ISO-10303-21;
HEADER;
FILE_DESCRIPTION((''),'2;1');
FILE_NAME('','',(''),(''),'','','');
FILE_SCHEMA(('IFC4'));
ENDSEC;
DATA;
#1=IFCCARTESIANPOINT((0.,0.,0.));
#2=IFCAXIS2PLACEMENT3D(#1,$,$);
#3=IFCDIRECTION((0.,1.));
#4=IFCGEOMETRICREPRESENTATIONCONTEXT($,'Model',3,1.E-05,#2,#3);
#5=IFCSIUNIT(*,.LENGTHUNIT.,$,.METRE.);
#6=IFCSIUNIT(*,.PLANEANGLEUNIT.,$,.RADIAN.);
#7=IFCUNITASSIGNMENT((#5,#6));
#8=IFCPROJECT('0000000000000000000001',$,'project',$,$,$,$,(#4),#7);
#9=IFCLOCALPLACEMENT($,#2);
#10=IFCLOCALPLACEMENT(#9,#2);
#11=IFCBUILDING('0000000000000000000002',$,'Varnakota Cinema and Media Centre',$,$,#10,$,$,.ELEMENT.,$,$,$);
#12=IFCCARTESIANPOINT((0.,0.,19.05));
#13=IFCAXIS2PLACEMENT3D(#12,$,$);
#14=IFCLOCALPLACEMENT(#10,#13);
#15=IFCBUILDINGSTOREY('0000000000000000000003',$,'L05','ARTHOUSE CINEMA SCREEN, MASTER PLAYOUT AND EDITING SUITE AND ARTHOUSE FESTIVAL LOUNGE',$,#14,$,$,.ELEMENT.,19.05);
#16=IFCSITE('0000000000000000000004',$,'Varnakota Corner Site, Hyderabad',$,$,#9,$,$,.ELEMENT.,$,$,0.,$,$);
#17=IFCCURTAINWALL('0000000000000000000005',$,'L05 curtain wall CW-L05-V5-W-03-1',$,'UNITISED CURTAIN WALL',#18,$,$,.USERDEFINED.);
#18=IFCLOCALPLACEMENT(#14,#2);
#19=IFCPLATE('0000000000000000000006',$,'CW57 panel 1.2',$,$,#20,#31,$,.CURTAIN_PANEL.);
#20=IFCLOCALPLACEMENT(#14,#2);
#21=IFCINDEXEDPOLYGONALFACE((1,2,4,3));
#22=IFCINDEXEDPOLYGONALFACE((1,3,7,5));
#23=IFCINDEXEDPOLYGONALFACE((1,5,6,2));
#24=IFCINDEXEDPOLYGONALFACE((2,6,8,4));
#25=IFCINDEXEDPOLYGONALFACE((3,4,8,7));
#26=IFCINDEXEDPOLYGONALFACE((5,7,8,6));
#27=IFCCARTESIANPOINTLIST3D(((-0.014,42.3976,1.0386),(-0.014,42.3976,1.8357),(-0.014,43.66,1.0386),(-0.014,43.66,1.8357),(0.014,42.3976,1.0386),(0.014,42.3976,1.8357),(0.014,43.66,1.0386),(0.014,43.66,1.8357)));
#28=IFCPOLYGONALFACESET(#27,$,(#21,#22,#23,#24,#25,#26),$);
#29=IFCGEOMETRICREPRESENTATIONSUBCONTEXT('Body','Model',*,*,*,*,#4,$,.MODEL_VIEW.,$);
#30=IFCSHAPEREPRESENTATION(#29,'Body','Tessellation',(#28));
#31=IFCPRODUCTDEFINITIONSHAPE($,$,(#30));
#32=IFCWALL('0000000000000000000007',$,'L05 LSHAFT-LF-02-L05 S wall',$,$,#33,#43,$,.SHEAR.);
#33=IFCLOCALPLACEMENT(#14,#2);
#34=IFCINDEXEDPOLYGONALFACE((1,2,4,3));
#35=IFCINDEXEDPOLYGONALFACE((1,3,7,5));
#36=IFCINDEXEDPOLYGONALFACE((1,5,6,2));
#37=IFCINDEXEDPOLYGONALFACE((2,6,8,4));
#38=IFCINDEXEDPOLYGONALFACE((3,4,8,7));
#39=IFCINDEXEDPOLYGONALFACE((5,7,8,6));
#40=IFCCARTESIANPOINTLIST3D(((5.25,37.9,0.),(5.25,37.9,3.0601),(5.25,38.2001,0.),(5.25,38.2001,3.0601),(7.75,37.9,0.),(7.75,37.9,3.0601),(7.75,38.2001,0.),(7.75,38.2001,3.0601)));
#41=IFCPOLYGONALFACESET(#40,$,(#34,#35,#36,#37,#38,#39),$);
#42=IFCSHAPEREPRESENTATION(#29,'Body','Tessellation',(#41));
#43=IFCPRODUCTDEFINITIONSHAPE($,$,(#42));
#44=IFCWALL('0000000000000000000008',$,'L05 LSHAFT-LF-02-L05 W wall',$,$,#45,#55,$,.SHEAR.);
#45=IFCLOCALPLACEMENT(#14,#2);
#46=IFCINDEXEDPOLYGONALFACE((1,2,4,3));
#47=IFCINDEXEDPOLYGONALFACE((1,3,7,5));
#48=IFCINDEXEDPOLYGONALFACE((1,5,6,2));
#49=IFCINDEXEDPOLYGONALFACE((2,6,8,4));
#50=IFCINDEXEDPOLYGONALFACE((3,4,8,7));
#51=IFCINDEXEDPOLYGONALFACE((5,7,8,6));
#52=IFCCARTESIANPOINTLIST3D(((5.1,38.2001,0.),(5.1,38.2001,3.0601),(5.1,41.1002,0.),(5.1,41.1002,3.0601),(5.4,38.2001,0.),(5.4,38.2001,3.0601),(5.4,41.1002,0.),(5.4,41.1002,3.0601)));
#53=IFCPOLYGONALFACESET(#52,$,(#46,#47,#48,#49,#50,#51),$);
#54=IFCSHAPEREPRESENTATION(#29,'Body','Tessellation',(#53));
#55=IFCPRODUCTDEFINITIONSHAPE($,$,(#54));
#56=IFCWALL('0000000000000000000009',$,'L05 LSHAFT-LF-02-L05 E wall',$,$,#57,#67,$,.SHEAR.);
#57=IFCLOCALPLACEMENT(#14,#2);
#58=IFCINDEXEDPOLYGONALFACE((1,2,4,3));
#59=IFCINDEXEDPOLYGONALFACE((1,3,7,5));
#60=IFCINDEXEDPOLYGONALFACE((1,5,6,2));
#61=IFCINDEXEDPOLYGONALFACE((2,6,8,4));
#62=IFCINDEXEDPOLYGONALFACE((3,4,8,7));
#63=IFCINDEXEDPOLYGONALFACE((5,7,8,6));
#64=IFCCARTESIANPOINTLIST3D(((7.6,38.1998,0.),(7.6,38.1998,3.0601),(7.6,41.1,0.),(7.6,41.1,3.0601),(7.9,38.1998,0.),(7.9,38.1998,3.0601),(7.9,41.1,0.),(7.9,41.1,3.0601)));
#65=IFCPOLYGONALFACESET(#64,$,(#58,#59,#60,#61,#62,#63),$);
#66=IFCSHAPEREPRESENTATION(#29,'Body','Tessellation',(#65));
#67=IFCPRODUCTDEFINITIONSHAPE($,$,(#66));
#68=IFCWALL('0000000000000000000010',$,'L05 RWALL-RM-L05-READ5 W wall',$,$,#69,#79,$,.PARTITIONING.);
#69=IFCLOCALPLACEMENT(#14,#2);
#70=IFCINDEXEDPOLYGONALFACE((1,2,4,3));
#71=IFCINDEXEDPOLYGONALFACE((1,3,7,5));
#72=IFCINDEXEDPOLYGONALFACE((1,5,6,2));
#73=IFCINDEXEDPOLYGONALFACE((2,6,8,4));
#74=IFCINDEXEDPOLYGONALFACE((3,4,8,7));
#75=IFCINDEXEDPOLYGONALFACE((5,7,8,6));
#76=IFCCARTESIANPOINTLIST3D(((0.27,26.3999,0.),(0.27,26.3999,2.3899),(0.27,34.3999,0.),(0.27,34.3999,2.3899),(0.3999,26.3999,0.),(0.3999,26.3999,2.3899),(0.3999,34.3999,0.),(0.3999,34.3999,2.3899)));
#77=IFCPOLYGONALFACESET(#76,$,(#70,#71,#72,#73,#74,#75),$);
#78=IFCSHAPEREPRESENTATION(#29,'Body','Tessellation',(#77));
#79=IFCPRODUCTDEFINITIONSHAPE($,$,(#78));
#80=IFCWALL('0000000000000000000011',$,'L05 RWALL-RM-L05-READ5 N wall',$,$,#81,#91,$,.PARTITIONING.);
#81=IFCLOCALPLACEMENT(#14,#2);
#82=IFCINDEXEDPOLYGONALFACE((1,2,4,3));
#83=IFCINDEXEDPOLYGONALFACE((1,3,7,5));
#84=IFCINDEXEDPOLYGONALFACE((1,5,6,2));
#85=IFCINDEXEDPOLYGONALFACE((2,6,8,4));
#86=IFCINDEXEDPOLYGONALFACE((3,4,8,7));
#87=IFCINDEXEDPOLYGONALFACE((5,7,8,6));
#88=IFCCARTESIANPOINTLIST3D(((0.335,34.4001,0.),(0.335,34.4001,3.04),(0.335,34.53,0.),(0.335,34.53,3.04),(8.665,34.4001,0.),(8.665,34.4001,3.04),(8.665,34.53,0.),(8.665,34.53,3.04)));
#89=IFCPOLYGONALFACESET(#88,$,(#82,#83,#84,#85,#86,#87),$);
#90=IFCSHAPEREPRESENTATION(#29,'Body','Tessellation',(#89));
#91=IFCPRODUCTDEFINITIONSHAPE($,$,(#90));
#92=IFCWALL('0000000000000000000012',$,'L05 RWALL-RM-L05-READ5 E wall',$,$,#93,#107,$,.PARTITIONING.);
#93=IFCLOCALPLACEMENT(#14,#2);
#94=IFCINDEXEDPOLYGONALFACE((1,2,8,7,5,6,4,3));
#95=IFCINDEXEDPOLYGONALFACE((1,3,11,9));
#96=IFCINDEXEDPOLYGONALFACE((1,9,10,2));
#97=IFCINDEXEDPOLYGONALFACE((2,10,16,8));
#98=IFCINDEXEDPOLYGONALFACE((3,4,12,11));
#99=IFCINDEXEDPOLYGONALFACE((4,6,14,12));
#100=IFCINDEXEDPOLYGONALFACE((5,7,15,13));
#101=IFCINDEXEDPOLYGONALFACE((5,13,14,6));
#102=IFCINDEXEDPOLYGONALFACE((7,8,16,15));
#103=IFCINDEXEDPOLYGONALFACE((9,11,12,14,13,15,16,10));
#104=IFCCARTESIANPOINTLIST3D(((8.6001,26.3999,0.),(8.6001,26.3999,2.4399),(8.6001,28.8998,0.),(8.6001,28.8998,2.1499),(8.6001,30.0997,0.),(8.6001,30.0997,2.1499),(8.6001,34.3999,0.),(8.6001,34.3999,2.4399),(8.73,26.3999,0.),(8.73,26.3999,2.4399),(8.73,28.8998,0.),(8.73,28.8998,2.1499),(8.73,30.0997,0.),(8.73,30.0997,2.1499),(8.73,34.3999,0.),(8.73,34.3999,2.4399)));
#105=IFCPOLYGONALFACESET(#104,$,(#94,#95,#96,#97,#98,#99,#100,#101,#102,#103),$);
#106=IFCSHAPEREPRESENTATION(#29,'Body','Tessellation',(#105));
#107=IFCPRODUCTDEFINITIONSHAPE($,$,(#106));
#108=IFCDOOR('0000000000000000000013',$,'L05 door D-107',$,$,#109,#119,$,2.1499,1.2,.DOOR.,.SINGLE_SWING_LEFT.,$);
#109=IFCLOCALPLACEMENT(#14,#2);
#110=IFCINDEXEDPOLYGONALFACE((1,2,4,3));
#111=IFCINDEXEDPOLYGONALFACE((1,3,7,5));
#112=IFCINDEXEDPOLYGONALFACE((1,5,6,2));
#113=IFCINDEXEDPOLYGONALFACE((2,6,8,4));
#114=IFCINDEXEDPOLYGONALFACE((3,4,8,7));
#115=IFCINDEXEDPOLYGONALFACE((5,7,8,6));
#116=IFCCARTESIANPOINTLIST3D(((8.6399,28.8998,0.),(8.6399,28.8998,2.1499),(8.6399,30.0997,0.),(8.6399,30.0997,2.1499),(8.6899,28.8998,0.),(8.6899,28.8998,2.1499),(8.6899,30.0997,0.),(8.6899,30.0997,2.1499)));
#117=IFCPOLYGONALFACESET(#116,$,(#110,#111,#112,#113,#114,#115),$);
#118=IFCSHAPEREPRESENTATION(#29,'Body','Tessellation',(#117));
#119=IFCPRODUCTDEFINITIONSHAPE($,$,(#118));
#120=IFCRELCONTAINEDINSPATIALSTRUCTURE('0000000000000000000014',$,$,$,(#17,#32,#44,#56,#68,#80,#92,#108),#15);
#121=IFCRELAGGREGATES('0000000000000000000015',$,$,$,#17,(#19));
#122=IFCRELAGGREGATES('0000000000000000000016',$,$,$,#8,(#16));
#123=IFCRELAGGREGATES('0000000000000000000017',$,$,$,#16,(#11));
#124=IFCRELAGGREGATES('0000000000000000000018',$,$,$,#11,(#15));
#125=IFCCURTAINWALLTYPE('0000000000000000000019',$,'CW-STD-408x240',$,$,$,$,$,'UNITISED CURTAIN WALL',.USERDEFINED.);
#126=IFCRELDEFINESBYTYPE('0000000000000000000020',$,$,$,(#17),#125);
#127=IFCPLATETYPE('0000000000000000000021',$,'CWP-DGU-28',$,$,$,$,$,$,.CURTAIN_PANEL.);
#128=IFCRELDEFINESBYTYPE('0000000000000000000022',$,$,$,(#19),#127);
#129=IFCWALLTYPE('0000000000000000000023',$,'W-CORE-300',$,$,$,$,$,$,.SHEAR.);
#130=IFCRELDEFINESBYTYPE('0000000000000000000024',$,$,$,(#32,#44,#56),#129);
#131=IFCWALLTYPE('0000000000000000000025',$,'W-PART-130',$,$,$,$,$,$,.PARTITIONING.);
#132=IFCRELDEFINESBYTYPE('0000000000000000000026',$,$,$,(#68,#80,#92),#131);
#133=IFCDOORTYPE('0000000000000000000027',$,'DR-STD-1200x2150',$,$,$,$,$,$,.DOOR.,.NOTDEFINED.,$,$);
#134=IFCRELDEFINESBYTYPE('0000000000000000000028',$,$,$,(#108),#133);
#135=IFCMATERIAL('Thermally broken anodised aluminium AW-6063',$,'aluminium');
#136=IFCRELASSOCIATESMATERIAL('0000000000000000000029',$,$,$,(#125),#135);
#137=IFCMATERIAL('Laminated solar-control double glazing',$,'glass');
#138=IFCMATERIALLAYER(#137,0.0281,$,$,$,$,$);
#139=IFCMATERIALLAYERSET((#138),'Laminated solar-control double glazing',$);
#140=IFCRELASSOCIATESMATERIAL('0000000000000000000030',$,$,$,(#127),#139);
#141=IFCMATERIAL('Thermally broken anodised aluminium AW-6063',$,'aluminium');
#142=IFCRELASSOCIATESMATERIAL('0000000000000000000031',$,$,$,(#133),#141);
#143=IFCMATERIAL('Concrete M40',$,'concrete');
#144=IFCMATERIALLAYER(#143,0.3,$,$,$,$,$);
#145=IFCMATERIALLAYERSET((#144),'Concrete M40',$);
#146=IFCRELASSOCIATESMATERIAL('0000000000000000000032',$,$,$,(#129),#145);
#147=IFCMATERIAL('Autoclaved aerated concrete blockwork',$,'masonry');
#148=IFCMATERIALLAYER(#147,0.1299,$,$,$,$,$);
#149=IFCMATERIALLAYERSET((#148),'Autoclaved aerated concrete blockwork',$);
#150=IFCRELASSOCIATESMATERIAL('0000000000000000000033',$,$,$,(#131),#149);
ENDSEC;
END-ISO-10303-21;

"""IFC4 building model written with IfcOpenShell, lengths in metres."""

from ifc_helpers import new_model, si_unit, direction, frame, frame_2d, origin, origin_2d, place, context, subcontext, project, spatial, rectangle, extrude, material, layer, layer_set, type_object, element, fill, aggregate, save


model = new_model("IFC4")

# Units and contexts
model_context = context("Model", 3, precision=1e-05, world=origin(), true_north=direction((0.0, 1.0)))
body_context = subcontext(model_context, "Body", "Model", "MODEL_VIEW")
ifc_project = project(units=[si_unit("LENGTHUNIT", "METRE"), si_unit("PLANEANGLEUNIT", "RADIAN")], contexts=[model_context])

# Site, building, storey
site_placement = place(None, origin())
site = spatial("IfcSite", under=ifc_project, at=site_placement, Name="Varnakota Corner Site, Hyderabad", CompositionType="ELEMENT", RefElevation=0.0)
building_placement = place(site_placement, origin())
building = spatial("IfcBuilding", under=site, at=building_placement, Name="Varnakota Cinema and Media Centre", CompositionType="ELEMENT")
storey_placement = place(building_placement, frame((0.0, 0.0, 19.05)))
storey = spatial("IfcBuildingStorey", under=building, at=storey_placement, Name="L05", Description="ARTHOUSE CINEMA SCREEN, MASTER PLAYOUT AND EDITING SUITE AND ARTHOUSE FESTIVAL LOUNGE", CompositionType="ELEMENT", Elevation=19.05)

# Curtain wall, plate
ifc_material_1 = material(Name="Thermally broken anodised aluminium AW-6063", Category="aluminium")
curtain_wall_type = type_object("IfcCurtainWallType", Name="CW-STD-408x240", ElementType="UNITISED CURTAIN WALL", PredefinedType="USERDEFINED", material=ifc_material_1)
curtain_wall_placement = place(storey_placement, origin())
curtain_wall = element("IfcCurtainWall", 1, at=curtain_wall_placement, inside=storey, type_object=curtain_wall_type, Name="L05 curtain wall CW-L05-V5-W-03-1", ObjectType="UNITISED CURTAIN WALL", PredefinedType="USERDEFINED")
ifc_material_2 = material(Name="Laminated solar-control double glazing", Category="glass")
ifc_layer_1 = layer(ifc_material_2, 0.0281)
ifc_layer_set_1 = layer_set([ifc_layer_1], Name="Laminated solar-control double glazing")
plate_type = type_object("IfcPlateType", Name="CWP-DGU-28", PredefinedType="CURTAIN_PANEL", material=ifc_layer_set_1)
plate_1_placement = place(storey_placement, frame((0.0, 43.0288, 1.0386), z_axis=(0.0, 0.0, 1.0), x_axis=(0.0, -1.0, 0.0)))
plate_1 = element("IfcPlate", 2, at=plate_1_placement, type_object=plate_type, Name="CW57 panel 1.2", PredefinedType="CURTAIN_PANEL", context=body_context, shape_type="SweptSolid", body=[
    extrude(rectangle(XDim=1.2625, YDim=0.0281, at=origin_2d()), origin(), (0.0, 0.0, 1.0), 0.7971),
])
aggregate(curtain_wall, [plate_1])

# Shared definitions
ifc_material_3 = material(Name="Thermally broken anodised aluminium AW-6063", Category="aluminium")
door_type_1 = type_object("IfcDoorType", Name="DR-STD-1200x2150", OperationType="NOTDEFINED", PredefinedType="DOOR", material=ifc_material_3)

# Walls
ifc_material_4 = material(Name="Concrete M40", Category="concrete")
ifc_layer_2 = layer(ifc_material_4, 0.3)
ifc_layer_set_2 = layer_set([ifc_layer_2], Name="Concrete M40")
wall_type_1 = type_object("IfcWallType", Name="W-CORE-300", PredefinedType="SHEAR", material=ifc_layer_set_2)
wall_1_placement = place(storey_placement, frame((7.75, 38.05, 0.0), z_axis=(0.0, 0.0, 1.0), x_axis=(-1.0, 0.0, 0.0)))
element("IfcWall", 3, at=wall_1_placement, inside=storey, type_object=wall_type_1, Name="L05 LSHAFT-LF-02-L05 S wall", PredefinedType="SHEAR", context=body_context, shape_type="SweptSolid", body=[
    extrude(rectangle(XDim=2.5, YDim=0.3, at=frame_2d((1.25, 0.0))), origin(), (0.0, 0.0, 1.0), 3.0601),
])
wall_2_placement = place(storey_placement, frame((5.25, 38.2, 0.0), z_axis=(0.0, 0.0, 1.0), x_axis=(0.0, 1.0, 0.0)))
element("IfcWall", 4, at=wall_2_placement, inside=storey, type_object=wall_type_1, Name="L05 LSHAFT-LF-02-L05 W wall", PredefinedType="SHEAR", context=body_context, shape_type="SweptSolid", body=[
    extrude(rectangle(XDim=2.9001, YDim=0.3, at=frame_2d((1.4502, 0.0))), origin(), (0.0, 0.0, 1.0), 3.0601),
])

# Walls
wall_3_placement = place(storey_placement, frame((7.75, 41.1001, 0.0), z_axis=(0.0, 0.0, 1.0), x_axis=(0.0, -1.0, 0.0)))
element("IfcWall", 5, at=wall_3_placement, inside=storey, type_object=wall_type_1, Name="L05 LSHAFT-LF-02-L05 E wall", PredefinedType="SHEAR", context=body_context, shape_type="SweptSolid", body=[
    extrude(rectangle(XDim=2.9001, YDim=0.3, at=frame_2d((1.4502, 0.0))), origin(), (0.0, 0.0, 1.0), 3.0601),
])
ifc_material_5 = material(Name="Autoclaved aerated concrete blockwork", Category="masonry")
ifc_layer_3 = layer(ifc_material_5, 0.1299)
ifc_layer_set_3 = layer_set([ifc_layer_3], Name="Autoclaved aerated concrete blockwork")
wall_type_2 = type_object("IfcWallType", Name="W-PART-130", PredefinedType="PARTITIONING", material=ifc_layer_set_3)
wall_4_placement = place(storey_placement, frame((0.335, 26.3999, 0.0), z_axis=(0.0, 0.0, 1.0), x_axis=(0.0, 1.0, 0.0)))
element("IfcWall", 6, at=wall_4_placement, inside=storey, type_object=wall_type_2, Name="L05 RWALL-RM-L05-READ5 W wall", PredefinedType="PARTITIONING", context=body_context, shape_type="SweptSolid", body=[
    extrude(rectangle(XDim=8.0, YDim=0.1299, at=frame_2d((4.0, 0.0))), origin(), (0.0, 0.0, 1.0), 2.3899),
])
wall_5_placement = place(storey_placement, frame((0.335, 34.4651, 0.0), z_axis=(0.0, 0.0, 1.0), x_axis=(1.0, 0.0, 0.0)))
element("IfcWall", 7, at=wall_5_placement, inside=storey, type_object=wall_type_2, Name="L05 RWALL-RM-L05-READ5 N wall", PredefinedType="PARTITIONING", context=body_context, shape_type="SweptSolid", body=[
    extrude(rectangle(XDim=8.3301, YDim=0.1299, at=frame_2d((4.165, 0.0))), origin(), (0.0, 0.0, 1.0), 3.04),
])

# Wall, opening, door
wall_6_placement = place(storey_placement, frame((8.665, 34.3999, 0.0), z_axis=(0.0, 0.0, 1.0), x_axis=(0.0, -1.0, 0.0)))
wall_6 = element("IfcWall", 8, at=wall_6_placement, inside=storey, type_object=wall_type_2, Name="L05 RWALL-RM-L05-READ5 E wall", PredefinedType="PARTITIONING", context=body_context, shape_type="SweptSolid", body=[
    extrude(rectangle(XDim=8.0, YDim=0.1299, at=frame_2d((4.0, 0.0))), origin(), (0.0, 0.0, 1.0), 2.4399),
])
opening_1_placement = place(wall_6_placement, frame((4.3, 0.0, 0.0)))
opening_1 = element("IfcOpeningElement", 9, at=opening_1_placement, cuts=wall_6, PredefinedType="OPENING", context=body_context, shape_type="SweptSolid", body=[
    extrude(rectangle(XDim=1.2, YDim=2.1499, at=frame_2d((0.6001, 1.075))), frame((0.0, 0.0649, 0.0), z_axis=(0.0, -1.0, 0.0), x_axis=(1.0, 0.0, 0.0)), (0.0, 0.0, 1.0), 0.1299),
])
door_1_placement = place(opening_1_placement, origin())
door_1 = element("IfcDoor", 10, at=door_1_placement, inside=storey, type_object=door_type_1, Name="L05 door D-107", OperationType="SINGLE_SWING_LEFT", OverallHeight=2.1499, OverallWidth=1.2, PredefinedType="DOOR", context=body_context, shape_type="SweptSolid", body=[
    extrude(rectangle(XDim=1.2, YDim=2.1499, at=frame_2d((0.6001, 1.075))), frame((0.0, 0.0249, 0.0), z_axis=(0.0, -1.0, 0.0), x_axis=(1.0, 0.0, 0.0)), (0.0, 0.0, 1.0), 0.05),
])
fill(opening_1, door_1)

save(model, "model.ifc")
